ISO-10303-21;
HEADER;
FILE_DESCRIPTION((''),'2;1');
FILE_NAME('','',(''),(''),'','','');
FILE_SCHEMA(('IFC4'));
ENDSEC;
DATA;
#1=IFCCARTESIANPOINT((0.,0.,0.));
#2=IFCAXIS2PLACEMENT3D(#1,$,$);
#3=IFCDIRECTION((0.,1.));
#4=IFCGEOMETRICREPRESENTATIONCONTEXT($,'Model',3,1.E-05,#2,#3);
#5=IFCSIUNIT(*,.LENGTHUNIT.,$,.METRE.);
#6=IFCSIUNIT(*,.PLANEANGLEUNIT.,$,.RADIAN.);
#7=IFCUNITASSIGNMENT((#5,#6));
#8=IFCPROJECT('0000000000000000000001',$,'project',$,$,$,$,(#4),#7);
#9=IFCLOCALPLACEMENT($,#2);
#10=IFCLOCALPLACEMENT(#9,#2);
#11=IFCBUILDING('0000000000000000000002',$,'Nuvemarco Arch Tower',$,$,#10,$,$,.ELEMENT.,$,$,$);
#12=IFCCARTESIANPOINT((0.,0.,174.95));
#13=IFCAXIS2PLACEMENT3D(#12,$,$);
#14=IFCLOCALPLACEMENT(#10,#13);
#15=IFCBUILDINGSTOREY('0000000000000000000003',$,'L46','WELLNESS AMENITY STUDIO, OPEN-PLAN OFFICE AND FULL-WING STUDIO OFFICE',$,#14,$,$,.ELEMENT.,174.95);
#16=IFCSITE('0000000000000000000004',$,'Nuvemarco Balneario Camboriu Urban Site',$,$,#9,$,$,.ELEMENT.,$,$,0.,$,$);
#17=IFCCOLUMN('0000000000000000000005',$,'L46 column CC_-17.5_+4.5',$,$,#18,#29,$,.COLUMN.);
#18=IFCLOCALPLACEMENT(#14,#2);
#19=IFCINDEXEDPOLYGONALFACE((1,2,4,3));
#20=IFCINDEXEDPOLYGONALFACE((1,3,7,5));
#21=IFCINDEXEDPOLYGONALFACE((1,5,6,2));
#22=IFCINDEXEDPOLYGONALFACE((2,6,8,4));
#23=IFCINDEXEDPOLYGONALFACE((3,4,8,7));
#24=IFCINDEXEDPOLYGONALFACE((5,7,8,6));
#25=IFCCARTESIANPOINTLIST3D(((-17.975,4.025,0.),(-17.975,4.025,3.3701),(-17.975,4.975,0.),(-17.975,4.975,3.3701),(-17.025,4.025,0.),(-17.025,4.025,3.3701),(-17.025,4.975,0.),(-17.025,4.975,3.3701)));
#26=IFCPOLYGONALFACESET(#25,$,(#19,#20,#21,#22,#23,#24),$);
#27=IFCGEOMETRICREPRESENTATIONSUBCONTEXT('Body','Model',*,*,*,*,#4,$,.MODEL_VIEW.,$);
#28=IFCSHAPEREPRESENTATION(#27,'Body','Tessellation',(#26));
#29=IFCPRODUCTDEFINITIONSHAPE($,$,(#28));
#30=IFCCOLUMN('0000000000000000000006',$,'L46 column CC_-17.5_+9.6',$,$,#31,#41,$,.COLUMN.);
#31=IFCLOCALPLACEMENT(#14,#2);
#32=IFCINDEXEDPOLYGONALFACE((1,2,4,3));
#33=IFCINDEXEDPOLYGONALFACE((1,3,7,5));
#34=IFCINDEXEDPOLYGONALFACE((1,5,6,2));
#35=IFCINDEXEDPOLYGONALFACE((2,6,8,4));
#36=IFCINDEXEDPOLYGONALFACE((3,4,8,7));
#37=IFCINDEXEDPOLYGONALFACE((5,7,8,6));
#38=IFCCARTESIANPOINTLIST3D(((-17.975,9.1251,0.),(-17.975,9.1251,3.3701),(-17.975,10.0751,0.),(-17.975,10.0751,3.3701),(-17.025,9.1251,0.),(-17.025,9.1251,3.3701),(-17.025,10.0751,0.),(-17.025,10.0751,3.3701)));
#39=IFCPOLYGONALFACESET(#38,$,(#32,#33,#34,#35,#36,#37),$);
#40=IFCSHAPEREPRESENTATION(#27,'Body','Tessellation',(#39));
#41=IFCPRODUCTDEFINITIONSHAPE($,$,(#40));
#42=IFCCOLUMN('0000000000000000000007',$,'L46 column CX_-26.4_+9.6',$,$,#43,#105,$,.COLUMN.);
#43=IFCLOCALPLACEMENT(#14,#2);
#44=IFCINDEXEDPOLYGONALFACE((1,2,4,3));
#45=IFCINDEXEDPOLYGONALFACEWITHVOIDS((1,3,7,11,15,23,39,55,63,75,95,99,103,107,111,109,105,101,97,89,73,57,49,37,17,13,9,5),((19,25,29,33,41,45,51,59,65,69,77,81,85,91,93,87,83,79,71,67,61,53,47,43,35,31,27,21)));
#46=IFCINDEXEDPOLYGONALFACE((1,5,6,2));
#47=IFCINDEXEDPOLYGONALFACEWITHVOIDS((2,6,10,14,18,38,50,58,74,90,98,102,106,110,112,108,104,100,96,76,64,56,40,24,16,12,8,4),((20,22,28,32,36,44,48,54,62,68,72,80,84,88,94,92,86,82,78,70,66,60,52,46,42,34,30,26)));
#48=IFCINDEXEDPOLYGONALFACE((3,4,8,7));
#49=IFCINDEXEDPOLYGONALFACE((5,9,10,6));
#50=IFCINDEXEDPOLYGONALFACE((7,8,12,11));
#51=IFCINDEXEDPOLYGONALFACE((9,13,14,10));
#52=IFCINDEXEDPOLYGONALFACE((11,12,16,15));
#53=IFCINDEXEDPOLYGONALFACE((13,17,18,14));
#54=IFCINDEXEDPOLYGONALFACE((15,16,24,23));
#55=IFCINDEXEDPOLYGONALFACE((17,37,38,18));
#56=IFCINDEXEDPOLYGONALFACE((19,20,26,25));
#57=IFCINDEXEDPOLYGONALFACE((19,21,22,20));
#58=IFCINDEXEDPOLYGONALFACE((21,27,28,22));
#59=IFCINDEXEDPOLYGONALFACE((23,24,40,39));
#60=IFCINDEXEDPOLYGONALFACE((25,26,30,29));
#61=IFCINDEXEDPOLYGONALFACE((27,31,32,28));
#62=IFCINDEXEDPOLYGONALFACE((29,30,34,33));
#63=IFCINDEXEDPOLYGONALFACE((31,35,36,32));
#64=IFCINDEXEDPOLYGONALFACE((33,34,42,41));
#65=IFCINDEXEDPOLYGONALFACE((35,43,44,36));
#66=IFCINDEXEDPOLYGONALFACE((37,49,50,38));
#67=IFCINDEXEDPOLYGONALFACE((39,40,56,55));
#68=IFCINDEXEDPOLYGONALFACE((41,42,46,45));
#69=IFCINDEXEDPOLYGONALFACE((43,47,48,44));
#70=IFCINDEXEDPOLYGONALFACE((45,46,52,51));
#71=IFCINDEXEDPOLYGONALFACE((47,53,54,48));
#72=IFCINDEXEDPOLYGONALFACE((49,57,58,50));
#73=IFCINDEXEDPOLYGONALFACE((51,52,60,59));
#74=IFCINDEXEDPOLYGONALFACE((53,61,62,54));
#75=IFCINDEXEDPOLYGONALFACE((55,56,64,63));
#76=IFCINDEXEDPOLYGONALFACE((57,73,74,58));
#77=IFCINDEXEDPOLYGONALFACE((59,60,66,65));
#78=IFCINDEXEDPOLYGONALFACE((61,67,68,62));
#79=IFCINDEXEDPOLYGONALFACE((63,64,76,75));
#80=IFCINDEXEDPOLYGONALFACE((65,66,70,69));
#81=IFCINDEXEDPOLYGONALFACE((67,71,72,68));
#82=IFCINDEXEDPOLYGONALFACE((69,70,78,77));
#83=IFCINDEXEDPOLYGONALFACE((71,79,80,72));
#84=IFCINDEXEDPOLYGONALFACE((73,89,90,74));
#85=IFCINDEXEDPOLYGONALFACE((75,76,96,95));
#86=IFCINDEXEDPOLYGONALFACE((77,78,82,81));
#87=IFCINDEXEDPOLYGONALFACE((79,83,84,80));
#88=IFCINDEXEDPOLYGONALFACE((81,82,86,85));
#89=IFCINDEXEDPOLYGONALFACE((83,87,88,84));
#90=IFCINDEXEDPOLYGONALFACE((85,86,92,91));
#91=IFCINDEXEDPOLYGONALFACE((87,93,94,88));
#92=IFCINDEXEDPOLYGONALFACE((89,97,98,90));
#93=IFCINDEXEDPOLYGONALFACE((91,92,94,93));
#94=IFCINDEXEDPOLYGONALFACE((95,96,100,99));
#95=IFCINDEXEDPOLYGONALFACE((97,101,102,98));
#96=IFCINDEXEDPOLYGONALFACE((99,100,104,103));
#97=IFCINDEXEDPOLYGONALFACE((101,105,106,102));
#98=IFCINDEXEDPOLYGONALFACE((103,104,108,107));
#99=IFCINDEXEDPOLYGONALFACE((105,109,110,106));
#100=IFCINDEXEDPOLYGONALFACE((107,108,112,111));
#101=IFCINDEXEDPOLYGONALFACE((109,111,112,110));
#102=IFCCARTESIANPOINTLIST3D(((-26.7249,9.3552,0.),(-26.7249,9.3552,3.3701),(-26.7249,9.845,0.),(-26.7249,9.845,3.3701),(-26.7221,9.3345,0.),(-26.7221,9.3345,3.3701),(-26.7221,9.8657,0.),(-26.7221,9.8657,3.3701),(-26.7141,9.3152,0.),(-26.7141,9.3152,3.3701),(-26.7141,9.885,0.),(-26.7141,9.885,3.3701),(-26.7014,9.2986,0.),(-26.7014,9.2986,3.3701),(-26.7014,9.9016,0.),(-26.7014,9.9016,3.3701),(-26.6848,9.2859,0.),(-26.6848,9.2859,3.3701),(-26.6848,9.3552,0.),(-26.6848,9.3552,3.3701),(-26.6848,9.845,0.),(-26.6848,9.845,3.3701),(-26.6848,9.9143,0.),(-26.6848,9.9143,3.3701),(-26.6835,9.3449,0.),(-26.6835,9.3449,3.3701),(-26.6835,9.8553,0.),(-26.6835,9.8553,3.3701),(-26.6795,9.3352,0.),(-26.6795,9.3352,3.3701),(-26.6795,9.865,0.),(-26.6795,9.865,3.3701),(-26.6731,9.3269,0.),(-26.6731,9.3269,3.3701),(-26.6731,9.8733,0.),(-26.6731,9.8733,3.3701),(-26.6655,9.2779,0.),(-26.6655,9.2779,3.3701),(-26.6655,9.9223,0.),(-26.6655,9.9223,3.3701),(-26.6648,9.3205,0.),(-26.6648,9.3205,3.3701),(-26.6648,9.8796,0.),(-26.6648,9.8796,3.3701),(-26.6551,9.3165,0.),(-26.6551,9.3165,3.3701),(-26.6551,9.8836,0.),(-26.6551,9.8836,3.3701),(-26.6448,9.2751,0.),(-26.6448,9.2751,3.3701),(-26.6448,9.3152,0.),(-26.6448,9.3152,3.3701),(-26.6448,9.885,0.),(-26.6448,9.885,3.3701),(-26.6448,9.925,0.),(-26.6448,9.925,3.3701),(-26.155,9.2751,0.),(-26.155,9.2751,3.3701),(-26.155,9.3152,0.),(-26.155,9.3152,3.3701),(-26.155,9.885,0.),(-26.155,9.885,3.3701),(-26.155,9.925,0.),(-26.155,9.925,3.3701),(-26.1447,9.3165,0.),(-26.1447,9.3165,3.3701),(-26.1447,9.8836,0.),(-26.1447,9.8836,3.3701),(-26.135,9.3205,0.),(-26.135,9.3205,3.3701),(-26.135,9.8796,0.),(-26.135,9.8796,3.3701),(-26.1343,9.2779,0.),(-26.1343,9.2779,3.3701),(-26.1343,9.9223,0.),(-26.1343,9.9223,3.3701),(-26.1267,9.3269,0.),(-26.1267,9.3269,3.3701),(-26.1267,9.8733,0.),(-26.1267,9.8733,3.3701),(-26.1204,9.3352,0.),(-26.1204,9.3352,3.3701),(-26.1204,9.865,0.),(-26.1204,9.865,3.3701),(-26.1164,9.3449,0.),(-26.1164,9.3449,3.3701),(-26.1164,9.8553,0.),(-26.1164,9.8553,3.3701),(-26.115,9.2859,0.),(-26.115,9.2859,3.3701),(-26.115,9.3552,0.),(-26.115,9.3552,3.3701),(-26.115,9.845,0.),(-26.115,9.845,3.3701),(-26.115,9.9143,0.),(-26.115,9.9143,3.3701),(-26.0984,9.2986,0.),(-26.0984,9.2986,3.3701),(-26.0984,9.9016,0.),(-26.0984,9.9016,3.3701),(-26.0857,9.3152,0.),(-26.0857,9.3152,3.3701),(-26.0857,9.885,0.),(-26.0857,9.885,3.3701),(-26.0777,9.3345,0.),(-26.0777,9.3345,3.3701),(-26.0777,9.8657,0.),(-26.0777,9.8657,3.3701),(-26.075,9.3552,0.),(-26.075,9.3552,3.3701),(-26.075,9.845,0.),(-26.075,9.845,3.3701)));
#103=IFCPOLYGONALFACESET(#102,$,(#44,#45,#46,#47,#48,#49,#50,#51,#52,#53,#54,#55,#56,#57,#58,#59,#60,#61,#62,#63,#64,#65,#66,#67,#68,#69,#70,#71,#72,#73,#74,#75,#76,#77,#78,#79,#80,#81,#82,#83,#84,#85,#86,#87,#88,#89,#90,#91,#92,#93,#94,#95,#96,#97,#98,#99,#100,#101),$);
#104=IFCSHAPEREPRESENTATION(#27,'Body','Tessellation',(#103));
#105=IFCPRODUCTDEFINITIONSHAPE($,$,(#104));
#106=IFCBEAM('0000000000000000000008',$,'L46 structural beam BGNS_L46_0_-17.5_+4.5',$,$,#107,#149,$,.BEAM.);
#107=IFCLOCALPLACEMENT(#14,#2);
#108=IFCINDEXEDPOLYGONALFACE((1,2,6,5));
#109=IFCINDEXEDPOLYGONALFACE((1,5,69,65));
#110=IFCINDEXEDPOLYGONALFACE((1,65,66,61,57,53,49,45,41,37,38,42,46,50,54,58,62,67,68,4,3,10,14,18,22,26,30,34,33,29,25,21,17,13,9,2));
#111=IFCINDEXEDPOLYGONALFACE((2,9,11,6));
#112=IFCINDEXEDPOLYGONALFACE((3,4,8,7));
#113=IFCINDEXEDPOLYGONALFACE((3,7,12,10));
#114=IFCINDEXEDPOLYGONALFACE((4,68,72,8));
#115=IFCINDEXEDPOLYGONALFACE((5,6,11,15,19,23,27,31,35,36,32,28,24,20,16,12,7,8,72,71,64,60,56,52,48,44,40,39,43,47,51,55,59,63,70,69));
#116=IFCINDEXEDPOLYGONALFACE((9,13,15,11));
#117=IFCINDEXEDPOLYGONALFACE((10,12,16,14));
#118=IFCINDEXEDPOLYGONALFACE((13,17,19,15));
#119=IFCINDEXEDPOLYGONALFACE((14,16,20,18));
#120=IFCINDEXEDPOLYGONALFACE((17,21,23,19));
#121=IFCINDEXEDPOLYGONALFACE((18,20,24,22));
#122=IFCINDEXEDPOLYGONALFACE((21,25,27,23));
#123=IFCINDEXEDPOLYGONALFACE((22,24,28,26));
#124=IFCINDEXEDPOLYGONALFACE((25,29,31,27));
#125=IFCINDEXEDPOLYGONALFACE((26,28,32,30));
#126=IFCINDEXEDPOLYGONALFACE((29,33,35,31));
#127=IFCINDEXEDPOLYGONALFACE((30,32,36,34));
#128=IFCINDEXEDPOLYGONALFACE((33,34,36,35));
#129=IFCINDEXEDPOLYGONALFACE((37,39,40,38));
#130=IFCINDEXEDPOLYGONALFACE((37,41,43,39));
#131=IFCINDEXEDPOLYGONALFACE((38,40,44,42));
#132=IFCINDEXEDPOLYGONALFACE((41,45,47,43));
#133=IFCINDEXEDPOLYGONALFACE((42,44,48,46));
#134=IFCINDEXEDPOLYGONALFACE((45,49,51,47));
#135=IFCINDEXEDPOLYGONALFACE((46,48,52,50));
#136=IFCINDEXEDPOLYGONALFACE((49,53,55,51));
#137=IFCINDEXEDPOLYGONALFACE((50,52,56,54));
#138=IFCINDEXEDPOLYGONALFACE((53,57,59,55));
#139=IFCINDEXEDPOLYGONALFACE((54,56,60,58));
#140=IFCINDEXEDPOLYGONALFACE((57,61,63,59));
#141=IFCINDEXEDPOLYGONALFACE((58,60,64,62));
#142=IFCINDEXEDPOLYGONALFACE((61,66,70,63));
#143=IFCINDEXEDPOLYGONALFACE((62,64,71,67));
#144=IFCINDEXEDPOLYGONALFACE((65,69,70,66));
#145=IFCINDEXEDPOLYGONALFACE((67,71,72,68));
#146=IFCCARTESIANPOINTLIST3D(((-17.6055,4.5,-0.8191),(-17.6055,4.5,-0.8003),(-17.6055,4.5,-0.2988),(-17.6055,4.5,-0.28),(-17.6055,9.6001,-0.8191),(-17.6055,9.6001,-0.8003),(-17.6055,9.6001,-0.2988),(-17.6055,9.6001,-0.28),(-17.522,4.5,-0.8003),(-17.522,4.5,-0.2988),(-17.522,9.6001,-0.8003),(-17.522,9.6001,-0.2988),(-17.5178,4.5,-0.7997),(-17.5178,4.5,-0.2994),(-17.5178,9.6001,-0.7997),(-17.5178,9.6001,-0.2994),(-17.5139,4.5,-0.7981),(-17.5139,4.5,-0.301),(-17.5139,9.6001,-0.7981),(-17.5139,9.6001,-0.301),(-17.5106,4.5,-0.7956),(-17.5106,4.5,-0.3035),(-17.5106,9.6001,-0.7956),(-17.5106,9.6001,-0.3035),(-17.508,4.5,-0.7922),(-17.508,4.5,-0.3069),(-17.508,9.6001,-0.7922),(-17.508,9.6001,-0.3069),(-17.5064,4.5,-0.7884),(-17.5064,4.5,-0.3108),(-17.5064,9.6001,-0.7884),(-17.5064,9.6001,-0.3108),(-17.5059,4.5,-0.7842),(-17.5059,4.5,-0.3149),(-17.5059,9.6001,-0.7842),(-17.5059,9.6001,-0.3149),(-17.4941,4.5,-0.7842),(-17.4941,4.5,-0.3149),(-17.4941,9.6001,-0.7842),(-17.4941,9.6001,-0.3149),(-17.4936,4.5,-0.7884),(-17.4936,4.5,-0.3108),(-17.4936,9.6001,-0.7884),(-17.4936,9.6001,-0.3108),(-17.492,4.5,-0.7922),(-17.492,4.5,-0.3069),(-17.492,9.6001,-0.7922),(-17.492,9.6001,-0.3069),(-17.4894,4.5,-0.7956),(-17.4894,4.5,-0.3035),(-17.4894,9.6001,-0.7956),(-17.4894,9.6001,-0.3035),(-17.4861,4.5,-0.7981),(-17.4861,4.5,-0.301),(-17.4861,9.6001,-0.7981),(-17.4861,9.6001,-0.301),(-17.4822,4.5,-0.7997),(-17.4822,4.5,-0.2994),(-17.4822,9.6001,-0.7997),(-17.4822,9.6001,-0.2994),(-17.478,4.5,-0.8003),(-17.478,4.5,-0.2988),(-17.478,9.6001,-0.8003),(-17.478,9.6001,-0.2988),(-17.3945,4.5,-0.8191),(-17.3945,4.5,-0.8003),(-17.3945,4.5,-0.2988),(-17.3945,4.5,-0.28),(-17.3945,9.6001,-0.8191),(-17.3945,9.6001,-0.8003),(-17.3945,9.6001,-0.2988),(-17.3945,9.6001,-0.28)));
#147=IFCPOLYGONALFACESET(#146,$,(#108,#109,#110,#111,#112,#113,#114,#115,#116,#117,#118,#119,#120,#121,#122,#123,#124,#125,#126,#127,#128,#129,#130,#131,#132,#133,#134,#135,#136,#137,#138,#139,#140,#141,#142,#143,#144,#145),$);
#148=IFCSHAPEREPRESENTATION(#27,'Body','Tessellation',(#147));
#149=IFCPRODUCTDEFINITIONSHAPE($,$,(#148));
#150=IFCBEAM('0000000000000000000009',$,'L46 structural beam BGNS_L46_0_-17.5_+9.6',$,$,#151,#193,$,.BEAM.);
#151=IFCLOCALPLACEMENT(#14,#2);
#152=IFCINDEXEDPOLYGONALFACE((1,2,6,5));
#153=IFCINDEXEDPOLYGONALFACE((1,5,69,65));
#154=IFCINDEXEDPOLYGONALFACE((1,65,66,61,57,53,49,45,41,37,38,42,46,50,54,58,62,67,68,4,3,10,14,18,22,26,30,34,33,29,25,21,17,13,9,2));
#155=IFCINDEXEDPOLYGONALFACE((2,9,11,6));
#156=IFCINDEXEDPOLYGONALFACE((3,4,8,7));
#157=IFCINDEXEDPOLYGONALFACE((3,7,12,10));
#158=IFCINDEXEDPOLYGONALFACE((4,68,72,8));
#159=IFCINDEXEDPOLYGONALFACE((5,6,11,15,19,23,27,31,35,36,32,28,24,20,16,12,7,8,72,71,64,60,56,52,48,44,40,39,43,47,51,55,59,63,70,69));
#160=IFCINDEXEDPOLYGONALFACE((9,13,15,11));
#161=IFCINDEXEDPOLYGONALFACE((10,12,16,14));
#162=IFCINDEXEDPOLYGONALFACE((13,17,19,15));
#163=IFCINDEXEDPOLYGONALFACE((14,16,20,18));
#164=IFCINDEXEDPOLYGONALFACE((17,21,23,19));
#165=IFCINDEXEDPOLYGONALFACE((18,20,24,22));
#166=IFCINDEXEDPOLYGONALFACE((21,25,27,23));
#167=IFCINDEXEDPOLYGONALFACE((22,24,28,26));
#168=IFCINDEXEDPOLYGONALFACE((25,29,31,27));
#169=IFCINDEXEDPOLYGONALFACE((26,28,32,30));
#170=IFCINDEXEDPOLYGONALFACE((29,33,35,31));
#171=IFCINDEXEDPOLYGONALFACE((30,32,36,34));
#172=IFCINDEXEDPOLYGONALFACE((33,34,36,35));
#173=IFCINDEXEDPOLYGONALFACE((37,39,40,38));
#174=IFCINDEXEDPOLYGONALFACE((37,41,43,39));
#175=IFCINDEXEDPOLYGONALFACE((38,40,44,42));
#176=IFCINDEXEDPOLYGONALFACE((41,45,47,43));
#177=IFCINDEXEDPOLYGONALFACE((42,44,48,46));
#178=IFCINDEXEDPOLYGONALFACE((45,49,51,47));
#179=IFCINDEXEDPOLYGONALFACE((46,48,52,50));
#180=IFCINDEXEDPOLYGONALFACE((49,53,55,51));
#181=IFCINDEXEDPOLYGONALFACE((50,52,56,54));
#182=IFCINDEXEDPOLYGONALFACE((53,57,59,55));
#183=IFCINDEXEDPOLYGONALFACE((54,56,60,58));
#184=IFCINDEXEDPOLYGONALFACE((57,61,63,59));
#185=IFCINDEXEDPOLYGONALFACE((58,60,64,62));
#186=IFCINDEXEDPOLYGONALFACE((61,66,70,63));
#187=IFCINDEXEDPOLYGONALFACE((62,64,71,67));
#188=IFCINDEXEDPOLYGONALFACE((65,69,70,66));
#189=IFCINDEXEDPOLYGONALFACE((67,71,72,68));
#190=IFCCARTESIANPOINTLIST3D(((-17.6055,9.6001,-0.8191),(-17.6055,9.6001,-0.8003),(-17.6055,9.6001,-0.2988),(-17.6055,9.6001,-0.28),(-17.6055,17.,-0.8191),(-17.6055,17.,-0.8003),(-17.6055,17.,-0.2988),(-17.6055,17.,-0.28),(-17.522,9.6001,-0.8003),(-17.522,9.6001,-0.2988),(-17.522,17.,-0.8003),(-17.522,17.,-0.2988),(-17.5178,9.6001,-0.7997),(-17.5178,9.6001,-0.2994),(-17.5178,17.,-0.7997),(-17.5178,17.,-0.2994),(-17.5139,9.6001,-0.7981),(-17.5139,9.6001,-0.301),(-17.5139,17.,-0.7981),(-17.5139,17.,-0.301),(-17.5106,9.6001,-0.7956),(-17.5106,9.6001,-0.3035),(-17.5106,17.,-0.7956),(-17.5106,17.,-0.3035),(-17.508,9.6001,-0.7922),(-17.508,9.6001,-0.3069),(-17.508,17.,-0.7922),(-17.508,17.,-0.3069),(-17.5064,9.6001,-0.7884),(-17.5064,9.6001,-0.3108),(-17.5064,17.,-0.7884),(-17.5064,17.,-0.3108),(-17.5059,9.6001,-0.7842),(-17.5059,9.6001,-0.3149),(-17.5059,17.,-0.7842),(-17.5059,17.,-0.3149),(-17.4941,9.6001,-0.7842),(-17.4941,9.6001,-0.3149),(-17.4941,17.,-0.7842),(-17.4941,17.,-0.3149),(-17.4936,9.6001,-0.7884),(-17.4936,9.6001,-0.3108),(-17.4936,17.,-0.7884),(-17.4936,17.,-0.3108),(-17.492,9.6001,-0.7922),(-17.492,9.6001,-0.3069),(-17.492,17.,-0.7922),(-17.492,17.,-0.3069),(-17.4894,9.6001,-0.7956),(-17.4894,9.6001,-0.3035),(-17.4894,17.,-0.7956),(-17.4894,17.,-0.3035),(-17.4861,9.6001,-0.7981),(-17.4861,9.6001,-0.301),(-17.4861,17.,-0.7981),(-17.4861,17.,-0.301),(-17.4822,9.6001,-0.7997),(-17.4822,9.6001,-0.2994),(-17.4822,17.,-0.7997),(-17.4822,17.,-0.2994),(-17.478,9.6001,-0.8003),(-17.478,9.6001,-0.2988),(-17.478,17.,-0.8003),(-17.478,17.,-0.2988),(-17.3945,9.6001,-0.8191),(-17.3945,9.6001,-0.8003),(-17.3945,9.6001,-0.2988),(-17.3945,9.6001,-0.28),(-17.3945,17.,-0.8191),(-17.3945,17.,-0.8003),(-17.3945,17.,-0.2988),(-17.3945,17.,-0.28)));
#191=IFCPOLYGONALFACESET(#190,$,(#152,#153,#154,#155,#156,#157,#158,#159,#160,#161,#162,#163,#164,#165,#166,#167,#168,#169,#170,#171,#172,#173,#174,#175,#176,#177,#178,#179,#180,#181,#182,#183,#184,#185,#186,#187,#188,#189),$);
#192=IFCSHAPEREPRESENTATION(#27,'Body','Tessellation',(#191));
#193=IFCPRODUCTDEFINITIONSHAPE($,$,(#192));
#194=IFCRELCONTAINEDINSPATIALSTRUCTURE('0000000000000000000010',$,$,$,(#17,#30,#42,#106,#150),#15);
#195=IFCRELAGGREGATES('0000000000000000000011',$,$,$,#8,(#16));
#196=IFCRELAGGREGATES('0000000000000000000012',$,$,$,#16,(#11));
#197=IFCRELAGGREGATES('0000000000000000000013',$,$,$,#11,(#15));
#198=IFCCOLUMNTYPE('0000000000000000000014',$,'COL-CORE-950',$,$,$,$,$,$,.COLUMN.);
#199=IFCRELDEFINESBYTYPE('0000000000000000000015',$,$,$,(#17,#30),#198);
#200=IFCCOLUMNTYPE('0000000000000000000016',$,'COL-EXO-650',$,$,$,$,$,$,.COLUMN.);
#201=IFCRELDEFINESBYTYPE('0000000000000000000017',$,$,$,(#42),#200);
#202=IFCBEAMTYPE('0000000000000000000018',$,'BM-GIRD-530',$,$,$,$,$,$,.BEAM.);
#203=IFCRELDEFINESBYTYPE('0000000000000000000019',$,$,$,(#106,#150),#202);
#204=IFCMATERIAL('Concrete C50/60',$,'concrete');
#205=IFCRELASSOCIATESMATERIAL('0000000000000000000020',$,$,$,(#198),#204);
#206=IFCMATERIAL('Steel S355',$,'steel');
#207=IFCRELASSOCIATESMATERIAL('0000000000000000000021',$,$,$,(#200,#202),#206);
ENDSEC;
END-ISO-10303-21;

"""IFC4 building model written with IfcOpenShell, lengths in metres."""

from ifc_helpers import new_model, si_unit, direction, frame, origin, origin_2d, place, context, subcontext, project, spatial, rectangle, hollow_rectangle, i_section, extrude, material, material_profile, profile_set, type_object, element, save


model = new_model("IFC4")

# Units and contexts
model_context = context("Model", 3, precision=1e-05, world=origin(), true_north=direction((0.0, 1.0)))
body_context = subcontext(model_context, "Body", "Model", "MODEL_VIEW")
ifc_project = project(units=[si_unit("LENGTHUNIT", "METRE"), si_unit("PLANEANGLEUNIT", "RADIAN")], contexts=[model_context])

# Site, building, storey
site_placement = place(None, origin())
site = spatial("IfcSite", under=ifc_project, at=site_placement, Name="Nuvemarco Balneario Camboriu Urban Site", CompositionType="ELEMENT", RefElevation=0.0)
building_placement = place(site_placement, origin())
building = spatial("IfcBuilding", under=site, at=building_placement, Name="Nuvemarco Arch Tower", CompositionType="ELEMENT")
storey_placement = place(building_placement, frame((0.0, 0.0, 174.95)))
storey = spatial("IfcBuildingStorey", under=building, at=storey_placement, Name="L46", Description="WELLNESS AMENITY STUDIO, OPEN-PLAN OFFICE AND FULL-WING STUDIO OFFICE", CompositionType="ELEMENT", Elevation=174.95)

# Columns
ifc_material_1 = material(Name="Concrete C50/60", Category="concrete")
ifc_material_profile_1 = material_profile(ifc_material_1, rectangle(XDim=0.95, YDim=0.95, at=origin_2d()), Name="RC-COL-950x950")
ifc_profile_set_1 = profile_set([ifc_material_profile_1], Name="Concrete C50/60")
column_type_1 = type_object("IfcColumnType", Name="COL-CORE-950", PredefinedType="COLUMN", material=ifc_profile_set_1)
for number, where, z_axis, x_axis, name in (
    (1, (-17.5, 4.5, 0.0), (0.0, 0.0, 1.0), (1.0, 0.0, 0.0), "L46 column CC_-17.5_+4.5"),
    (2, (-17.5, 9.6001, 0.0), (0.0, 0.0, 1.0), (1.0, 0.0, 0.0), "L46 column CC_-17.5_+9.6"),
):
    element("IfcColumn", number, at=place(storey_placement, frame(where, z_axis=z_axis, x_axis=x_axis)), inside=storey, type_object=column_type_1, Name=name, PredefinedType="COLUMN", context=body_context, shape_type="SweptSolid", body=[
        extrude(rectangle(XDim=0.95, YDim=0.95, at=origin_2d()), origin(), (0.0, 0.0, 1.0), 3.3701),
    ])
ifc_material_2 = material(Name="Steel S355", Category="steel")
ifc_material_profile_2 = material_profile(ifc_material_2, hollow_rectangle(XDim=0.6499, YDim=0.6499, WallThickness=0.04, InnerFilletRadius=0.04, OuterFilletRadius=0.0801, at=origin_2d()), Name="SHS650x650x40")
ifc_profile_set_2 = profile_set([ifc_material_profile_2], Name="Steel S355")
column_type_2 = type_object("IfcColumnType", Name="COL-EXO-650", PredefinedType="COLUMN", material=ifc_profile_set_2)
column_placement = place(storey_placement, frame((-26.3999, 9.6001, 0.0), z_axis=(0.0, 0.0, 1.0), x_axis=(1.0, 0.0, 0.0)))
element("IfcColumn", 3, at=column_placement, inside=storey, type_object=column_type_2, Name="L46 column CX_-26.4_+9.6", PredefinedType="COLUMN", context=body_context, shape_type="SweptSolid", body=[
    extrude(hollow_rectangle(XDim=0.6499, YDim=0.6499, WallThickness=0.04, InnerFilletRadius=0.04, OuterFilletRadius=0.0801, at=origin_2d()), origin(), (0.0, 0.0, 1.0), 3.3701),
])

# Beams
ifc_material_profile_3 = material_profile(ifc_material_2, i_section(OverallWidth=0.2109, OverallDepth=0.5391, WebThickness=0.0117, FlangeThickness=0.0188, FilletRadius=0.0161, at=origin_2d()), Name="W530x109")
ifc_profile_set_3 = profile_set([ifc_material_profile_3], Name="Steel S355")
beam_type_1 = type_object("IfcBeamType", Name="BM-GIRD-530", PredefinedType="BEAM", material=ifc_profile_set_3)
beam_1_placement = place(storey_placement, frame((-17.5, 4.5, -0.5496), z_axis=(0.0, 1.0, 0.0), x_axis=(-1.0, 0.0, 0.0)))
element("IfcBeam", 4, at=beam_1_placement, inside=storey, type_object=beam_type_1, Name="L46 structural beam BGNS_L46_0_-17.5_+4.5", PredefinedType="BEAM", context=body_context, shape_type="SweptSolid", body=[
    extrude(i_section(OverallWidth=0.2109, OverallDepth=0.5391, WebThickness=0.0117, FlangeThickness=0.0188, FilletRadius=0.0161, at=origin_2d()), origin(), (0.0, 0.0, 1.0), 5.1001),
])
beam_2_placement = place(storey_placement, frame((-17.5, 9.6001, -0.5496), z_axis=(0.0, 1.0, 0.0), x_axis=(-1.0, 0.0, 0.0)))
element("IfcBeam", 5, at=beam_2_placement, inside=storey, type_object=beam_type_1, Name="L46 structural beam BGNS_L46_0_-17.5_+9.6", PredefinedType="BEAM", context=body_context, shape_type="SweptSolid", body=[
    extrude(i_section(OverallWidth=0.2109, OverallDepth=0.5391, WebThickness=0.0117, FlangeThickness=0.0188, FilletRadius=0.0161, at=origin_2d()), origin(), (0.0, 0.0, 1.0), 7.3999),
])

save(model, "model.ifc")
